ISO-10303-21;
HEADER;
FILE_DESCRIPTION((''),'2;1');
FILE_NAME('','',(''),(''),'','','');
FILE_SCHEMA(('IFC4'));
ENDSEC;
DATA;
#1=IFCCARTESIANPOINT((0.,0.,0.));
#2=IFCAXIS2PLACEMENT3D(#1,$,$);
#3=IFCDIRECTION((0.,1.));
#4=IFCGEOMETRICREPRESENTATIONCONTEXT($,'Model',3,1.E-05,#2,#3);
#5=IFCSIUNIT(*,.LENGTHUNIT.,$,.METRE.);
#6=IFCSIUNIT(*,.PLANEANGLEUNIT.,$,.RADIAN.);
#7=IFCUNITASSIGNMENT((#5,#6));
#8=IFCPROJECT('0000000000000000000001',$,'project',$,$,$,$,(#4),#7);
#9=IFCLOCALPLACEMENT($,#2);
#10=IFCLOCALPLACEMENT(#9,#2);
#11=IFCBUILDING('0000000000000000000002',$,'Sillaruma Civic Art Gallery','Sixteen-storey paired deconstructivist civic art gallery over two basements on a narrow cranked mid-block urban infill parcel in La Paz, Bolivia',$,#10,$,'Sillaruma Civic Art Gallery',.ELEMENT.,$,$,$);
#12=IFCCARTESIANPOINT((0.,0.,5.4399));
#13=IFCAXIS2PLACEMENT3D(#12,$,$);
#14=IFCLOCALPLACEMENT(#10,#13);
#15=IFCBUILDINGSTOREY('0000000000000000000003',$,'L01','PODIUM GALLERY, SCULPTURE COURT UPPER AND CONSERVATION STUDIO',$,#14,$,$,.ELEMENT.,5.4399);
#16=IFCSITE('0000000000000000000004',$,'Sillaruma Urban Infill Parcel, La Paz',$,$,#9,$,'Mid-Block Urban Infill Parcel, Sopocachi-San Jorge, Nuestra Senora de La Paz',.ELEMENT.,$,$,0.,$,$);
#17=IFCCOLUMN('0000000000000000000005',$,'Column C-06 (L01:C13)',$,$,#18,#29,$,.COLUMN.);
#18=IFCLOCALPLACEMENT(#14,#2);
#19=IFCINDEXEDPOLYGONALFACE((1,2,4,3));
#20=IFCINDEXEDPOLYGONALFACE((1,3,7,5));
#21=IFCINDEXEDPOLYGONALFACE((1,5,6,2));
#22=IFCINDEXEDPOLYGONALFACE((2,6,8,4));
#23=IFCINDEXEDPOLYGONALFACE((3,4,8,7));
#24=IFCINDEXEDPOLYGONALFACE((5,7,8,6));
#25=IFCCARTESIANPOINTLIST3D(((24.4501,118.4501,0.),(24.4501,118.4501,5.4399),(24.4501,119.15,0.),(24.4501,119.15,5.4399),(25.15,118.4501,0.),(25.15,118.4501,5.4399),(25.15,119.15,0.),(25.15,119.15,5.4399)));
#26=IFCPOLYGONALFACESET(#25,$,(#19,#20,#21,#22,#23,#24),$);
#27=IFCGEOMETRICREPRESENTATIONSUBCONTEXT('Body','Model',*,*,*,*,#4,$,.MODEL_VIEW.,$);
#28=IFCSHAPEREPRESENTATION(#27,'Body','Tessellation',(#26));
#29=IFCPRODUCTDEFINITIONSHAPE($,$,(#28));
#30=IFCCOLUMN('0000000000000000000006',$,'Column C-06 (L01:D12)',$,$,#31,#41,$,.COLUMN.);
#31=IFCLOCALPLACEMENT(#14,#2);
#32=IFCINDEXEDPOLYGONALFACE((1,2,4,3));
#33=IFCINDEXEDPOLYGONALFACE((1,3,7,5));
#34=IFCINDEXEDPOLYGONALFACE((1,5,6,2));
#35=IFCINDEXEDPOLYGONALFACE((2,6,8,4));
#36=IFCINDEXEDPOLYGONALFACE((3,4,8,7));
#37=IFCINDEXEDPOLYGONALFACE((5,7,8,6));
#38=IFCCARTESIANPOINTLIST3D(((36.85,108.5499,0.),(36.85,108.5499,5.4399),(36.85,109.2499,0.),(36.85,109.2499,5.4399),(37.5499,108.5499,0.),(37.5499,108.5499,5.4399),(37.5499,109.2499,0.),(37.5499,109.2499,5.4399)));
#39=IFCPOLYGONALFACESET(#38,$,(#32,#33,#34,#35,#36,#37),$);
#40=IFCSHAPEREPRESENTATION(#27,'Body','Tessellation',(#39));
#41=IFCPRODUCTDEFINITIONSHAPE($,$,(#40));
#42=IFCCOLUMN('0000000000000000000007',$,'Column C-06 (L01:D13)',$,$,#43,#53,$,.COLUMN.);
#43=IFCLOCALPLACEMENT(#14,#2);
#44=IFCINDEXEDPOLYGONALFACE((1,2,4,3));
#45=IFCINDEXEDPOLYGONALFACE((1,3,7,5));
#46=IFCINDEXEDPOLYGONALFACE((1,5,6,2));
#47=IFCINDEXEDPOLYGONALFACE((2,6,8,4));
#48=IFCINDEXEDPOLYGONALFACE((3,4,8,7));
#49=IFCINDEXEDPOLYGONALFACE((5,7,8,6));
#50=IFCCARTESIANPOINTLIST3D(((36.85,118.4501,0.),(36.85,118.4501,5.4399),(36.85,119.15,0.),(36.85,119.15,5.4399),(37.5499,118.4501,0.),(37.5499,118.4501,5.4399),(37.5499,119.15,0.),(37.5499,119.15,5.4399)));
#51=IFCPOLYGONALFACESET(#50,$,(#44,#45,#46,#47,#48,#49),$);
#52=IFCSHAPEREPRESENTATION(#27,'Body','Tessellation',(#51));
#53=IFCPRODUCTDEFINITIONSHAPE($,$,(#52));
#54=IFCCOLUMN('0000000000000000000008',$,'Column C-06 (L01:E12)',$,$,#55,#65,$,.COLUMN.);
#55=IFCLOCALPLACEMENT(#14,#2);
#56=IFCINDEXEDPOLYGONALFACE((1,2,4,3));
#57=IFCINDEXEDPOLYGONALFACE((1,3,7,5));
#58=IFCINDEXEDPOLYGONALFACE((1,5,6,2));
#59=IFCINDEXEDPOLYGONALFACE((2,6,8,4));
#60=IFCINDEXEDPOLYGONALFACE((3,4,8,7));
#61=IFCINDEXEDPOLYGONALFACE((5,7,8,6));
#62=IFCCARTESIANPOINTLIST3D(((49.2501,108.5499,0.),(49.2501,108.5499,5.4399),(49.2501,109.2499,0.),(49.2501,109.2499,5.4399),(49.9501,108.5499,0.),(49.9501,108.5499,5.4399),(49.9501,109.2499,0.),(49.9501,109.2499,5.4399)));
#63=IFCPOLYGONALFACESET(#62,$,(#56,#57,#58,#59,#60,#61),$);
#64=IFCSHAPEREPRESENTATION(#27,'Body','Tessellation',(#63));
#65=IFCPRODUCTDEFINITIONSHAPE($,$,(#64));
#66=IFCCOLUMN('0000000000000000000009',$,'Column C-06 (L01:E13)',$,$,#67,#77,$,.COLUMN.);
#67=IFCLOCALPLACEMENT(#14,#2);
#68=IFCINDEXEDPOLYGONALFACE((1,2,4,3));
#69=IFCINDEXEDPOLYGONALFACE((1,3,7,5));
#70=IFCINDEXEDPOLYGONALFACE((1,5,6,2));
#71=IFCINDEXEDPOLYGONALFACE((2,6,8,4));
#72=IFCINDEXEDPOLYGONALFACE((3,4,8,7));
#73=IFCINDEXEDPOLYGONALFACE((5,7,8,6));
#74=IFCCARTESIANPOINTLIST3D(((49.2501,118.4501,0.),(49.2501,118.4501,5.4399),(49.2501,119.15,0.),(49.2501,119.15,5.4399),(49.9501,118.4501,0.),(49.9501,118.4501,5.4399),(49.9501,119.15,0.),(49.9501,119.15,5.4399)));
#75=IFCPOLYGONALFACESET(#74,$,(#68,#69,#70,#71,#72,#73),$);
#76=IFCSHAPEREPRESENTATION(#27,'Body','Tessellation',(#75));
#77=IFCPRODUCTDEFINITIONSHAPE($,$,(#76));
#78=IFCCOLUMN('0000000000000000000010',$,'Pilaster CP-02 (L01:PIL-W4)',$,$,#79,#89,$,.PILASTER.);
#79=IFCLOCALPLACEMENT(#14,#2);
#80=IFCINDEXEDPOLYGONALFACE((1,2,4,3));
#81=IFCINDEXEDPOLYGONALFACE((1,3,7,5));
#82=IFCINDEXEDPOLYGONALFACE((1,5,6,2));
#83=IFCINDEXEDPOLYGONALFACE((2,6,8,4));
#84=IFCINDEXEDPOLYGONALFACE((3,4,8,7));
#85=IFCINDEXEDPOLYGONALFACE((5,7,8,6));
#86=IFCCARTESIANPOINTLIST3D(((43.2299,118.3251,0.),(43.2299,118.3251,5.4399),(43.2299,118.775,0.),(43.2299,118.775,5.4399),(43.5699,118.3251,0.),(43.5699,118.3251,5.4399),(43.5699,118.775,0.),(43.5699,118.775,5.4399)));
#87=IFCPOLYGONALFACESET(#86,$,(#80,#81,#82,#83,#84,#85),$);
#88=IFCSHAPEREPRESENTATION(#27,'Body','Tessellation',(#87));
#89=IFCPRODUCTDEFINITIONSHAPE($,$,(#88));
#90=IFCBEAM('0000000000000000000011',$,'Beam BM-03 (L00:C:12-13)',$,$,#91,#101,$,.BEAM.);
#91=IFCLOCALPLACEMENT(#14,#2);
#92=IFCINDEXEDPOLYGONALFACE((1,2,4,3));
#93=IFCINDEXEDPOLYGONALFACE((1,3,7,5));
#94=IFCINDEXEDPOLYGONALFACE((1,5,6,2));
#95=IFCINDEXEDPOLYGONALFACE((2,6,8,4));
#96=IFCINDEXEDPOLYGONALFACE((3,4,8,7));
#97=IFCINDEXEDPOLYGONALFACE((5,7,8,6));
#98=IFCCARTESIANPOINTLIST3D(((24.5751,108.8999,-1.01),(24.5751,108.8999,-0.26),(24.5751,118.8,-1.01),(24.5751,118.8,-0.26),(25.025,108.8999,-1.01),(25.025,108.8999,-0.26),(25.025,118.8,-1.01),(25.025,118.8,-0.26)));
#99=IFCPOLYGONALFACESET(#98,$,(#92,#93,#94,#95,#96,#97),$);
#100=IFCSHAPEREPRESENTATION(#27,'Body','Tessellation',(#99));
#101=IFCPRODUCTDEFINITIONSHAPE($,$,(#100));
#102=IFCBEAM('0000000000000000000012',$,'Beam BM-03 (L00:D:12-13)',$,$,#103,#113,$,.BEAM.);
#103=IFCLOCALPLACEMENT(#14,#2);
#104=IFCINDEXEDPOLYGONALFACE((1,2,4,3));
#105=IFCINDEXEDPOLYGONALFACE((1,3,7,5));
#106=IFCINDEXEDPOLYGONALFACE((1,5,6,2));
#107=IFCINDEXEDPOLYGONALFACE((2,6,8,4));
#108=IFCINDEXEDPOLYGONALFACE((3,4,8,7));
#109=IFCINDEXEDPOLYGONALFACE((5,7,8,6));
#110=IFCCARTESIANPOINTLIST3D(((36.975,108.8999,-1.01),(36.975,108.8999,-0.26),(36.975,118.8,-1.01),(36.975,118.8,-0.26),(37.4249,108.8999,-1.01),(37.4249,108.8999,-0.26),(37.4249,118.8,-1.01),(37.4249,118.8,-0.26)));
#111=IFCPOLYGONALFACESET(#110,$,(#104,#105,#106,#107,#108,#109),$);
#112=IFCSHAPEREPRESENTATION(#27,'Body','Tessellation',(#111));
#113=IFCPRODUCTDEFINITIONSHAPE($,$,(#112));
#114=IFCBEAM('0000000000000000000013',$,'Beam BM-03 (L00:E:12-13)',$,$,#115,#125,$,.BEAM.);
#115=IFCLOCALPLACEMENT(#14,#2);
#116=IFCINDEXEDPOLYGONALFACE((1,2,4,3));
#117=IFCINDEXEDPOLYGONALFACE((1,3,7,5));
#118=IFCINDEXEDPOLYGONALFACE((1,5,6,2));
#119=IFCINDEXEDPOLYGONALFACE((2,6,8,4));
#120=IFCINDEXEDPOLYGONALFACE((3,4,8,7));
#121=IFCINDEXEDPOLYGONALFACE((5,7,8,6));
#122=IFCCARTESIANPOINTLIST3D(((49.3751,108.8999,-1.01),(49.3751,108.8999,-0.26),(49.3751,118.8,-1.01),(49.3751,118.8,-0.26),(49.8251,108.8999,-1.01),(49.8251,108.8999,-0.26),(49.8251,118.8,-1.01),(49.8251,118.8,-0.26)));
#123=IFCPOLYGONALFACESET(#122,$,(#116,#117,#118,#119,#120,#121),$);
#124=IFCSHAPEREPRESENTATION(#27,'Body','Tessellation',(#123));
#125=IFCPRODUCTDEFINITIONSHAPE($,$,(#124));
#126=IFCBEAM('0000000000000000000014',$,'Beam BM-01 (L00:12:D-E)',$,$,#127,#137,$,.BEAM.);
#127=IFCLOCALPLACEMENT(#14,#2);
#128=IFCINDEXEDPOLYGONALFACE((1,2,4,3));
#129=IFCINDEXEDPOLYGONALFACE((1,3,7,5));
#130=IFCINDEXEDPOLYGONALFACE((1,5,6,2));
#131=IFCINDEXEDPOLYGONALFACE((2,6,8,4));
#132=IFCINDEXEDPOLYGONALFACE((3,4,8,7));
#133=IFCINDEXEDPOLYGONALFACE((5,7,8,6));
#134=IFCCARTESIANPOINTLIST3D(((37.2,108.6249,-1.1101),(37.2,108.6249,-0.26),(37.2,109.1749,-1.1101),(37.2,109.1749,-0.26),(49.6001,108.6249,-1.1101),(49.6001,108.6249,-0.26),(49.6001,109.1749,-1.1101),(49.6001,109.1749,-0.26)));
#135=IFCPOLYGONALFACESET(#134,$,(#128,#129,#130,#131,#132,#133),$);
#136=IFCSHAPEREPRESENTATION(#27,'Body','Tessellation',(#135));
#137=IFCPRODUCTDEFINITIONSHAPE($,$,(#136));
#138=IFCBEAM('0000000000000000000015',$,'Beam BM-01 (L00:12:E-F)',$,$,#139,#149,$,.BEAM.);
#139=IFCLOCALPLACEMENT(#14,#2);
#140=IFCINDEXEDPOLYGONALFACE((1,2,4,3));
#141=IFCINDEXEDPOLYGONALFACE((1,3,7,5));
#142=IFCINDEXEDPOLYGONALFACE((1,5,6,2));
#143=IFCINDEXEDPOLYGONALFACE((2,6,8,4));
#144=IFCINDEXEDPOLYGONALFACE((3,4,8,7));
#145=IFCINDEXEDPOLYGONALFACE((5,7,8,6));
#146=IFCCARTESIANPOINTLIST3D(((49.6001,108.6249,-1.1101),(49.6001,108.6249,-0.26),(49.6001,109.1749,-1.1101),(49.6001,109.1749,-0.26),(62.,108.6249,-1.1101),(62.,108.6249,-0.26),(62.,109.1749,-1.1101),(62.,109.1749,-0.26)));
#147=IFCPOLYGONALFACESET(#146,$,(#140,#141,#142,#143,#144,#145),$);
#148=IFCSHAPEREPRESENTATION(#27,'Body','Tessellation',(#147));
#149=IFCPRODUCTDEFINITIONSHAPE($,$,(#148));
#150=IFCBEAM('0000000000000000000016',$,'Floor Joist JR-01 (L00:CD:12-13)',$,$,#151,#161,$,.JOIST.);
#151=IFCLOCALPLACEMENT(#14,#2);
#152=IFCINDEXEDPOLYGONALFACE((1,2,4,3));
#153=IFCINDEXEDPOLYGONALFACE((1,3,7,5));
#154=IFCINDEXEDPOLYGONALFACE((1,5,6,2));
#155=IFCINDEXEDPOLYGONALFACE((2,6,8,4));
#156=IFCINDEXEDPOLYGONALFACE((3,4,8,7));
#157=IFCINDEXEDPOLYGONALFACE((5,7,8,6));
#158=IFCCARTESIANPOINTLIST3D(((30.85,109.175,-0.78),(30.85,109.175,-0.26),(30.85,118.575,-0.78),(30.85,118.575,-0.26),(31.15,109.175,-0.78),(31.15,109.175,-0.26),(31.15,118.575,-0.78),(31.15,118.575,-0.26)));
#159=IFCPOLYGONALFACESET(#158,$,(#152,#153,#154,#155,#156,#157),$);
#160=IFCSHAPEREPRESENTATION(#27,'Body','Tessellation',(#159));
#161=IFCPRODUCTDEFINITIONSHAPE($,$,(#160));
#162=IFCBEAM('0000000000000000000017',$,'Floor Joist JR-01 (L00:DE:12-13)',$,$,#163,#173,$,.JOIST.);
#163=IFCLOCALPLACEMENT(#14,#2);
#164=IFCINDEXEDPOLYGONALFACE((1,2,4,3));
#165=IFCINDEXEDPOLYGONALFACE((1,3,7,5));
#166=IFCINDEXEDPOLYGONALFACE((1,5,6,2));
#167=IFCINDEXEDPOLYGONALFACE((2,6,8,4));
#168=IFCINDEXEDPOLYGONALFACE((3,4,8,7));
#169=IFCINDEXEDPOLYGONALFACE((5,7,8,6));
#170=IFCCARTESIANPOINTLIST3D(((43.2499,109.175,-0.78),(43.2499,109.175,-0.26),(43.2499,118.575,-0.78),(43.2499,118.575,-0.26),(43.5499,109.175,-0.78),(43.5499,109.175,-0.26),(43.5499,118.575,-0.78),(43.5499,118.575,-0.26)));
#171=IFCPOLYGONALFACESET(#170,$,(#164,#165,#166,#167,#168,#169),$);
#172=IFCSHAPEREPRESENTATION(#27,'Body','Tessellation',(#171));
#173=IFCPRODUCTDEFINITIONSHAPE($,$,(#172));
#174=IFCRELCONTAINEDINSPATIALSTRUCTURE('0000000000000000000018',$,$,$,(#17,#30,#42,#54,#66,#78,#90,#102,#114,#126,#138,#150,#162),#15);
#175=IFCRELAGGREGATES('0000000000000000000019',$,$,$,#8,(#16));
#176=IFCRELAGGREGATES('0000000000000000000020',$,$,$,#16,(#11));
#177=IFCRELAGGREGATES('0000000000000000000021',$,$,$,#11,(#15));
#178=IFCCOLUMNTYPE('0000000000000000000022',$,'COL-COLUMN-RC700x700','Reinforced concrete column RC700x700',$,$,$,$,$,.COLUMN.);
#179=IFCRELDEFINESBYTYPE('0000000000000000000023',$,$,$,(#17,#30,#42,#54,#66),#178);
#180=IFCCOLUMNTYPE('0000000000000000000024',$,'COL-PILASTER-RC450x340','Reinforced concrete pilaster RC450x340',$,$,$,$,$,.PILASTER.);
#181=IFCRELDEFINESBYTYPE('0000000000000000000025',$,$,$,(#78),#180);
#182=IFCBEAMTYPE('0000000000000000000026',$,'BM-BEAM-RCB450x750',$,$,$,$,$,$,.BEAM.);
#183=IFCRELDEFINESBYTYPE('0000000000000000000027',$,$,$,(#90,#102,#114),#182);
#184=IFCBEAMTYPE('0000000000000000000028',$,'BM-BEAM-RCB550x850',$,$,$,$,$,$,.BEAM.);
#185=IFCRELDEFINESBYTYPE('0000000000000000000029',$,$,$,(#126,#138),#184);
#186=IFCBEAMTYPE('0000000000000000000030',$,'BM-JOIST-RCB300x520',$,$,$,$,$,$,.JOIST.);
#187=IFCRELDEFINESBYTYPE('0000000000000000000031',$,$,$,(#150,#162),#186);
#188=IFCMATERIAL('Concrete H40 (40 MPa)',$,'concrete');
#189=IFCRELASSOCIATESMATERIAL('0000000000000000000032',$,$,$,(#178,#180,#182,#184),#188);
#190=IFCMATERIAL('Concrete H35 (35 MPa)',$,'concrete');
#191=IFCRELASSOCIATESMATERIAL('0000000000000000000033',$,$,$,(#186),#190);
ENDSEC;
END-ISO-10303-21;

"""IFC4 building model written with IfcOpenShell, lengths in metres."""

from ifc_helpers import new_model, si_unit, direction, frame, origin, origin_2d, place, context, subcontext, project, spatial, rectangle, extrude, material, material_profile, profile_set, type_object, element, save


model = new_model("IFC4")

# Units and contexts
model_context = context("Model", 3, precision=1e-05, world=origin(), true_north=direction((0.0, 1.0)))
body_context = subcontext(model_context, "Body", "Model", "MODEL_VIEW")
ifc_project = project(units=[si_unit("LENGTHUNIT", "METRE"), si_unit("PLANEANGLEUNIT", "RADIAN")], contexts=[model_context])

# Site, building, storey
site_placement = place(None, origin())
site = spatial("IfcSite", under=ifc_project, at=site_placement, Name="Sillaruma Urban Infill Parcel, La Paz", LongName="Mid-Block Urban Infill Parcel, Sopocachi-San Jorge, Nuestra Senora de La Paz", CompositionType="ELEMENT", RefElevation=0.0)
building_placement = place(site_placement, origin())
building = spatial("IfcBuilding", under=site, at=building_placement, Name="Sillaruma Civic Art Gallery", Description="Sixteen-storey paired deconstructivist civic art gallery over two basements on a narrow cranked mid-block urban infill parcel in La Paz, Bolivia", LongName="Sillaruma Civic Art Gallery", CompositionType="ELEMENT")
storey_placement = place(building_placement, frame((0.0, 0.0, 5.4399)))
storey = spatial("IfcBuildingStorey", under=building, at=storey_placement, Name="L01", Description="PODIUM GALLERY, SCULPTURE COURT UPPER AND CONSERVATION STUDIO", CompositionType="ELEMENT", Elevation=5.4399)

# Columns
ifc_material_1 = material(Name="Concrete H40 (40 MPa)", Category="concrete")
ifc_material_profile_1 = material_profile(ifc_material_1, rectangle(XDim=0.7, YDim=0.7, at=origin_2d()), Name="RC700x700")
ifc_profile_set_1 = profile_set([ifc_material_profile_1], Name="Concrete H40 (40 MPa)")
column_type_1 = type_object("IfcColumnType", Name="COL-COLUMN-RC700x700", Description="Reinforced concrete column RC700x700", PredefinedType="COLUMN", material=ifc_profile_set_1)
for number, where, z_axis, x_axis, name in (
    (1, (24.8, 118.8, 0.0), (0.0, 0.0, 1.0), (1.0, 0.0, 0.0), "Column C-06 (L01:C13)"),
    (2, (37.2, 108.8999, 0.0), (0.0, 0.0, 1.0), (1.0, 0.0, 0.0), "Column C-06 (L01:D12)"),
    (3, (37.2, 118.8, 0.0), (0.0, 0.0, 1.0), (1.0, 0.0, 0.0), "Column C-06 (L01:D13)"),
    (4, (49.6001, 108.8999, 0.0), (0.0, 0.0, 1.0), (1.0, 0.0, 0.0), "Column C-06 (L01:E12)"),
    (5, (49.6001, 118.8, 0.0), (0.0, 0.0, 1.0), (1.0, 0.0, 0.0), "Column C-06 (L01:E13)"),
):
    element("IfcColumn", number, at=place(storey_placement, frame(where, z_axis=z_axis, x_axis=x_axis)), inside=storey, type_object=column_type_1, Name=name, PredefinedType="COLUMN", context=body_context, shape_type="SweptSolid", body=[
        extrude(rectangle(XDim=0.7, YDim=0.7, at=origin_2d()), origin(), (0.0, 0.0, 1.0), 5.4399),
    ])
ifc_material_profile_2 = material_profile(ifc_material_1, rectangle(XDim=0.3401, YDim=0.45, at=origin_2d()), Name="RC450x340")
ifc_profile_set_2 = profile_set([ifc_material_profile_2], Name="Concrete H40 (40 MPa)")
column_type_2 = type_object("IfcColumnType", Name="COL-PILASTER-RC450x340", Description="Reinforced concrete pilaster RC450x340", PredefinedType="PILASTER", material=ifc_profile_set_2)
column_placement = place(storey_placement, frame((43.3999, 118.55, 0.0), z_axis=(0.0, 0.0, 1.0), x_axis=(1.0, 0.0, 0.0)))
element("IfcColumn", 6, at=column_placement, inside=storey, type_object=column_type_2, Name="Pilaster CP-02 (L01:PIL-W4)", PredefinedType="PILASTER", context=body_context, shape_type="SweptSolid", body=[
    extrude(rectangle(XDim=0.3401, YDim=0.45, at=origin_2d()), origin(), (0.0, 0.0, 1.0), 5.4399),
])

# Beams
ifc_material_profile_3 = material_profile(ifc_material_1, rectangle(XDim=0.45, YDim=0.75, at=origin_2d()), Name="RCB450x750")
ifc_profile_set_3 = profile_set([ifc_material_profile_3], Name="Concrete H40 (40 MPa)")
beam_type_1 = type_object("IfcBeamType", Name="BM-BEAM-RCB450x750", PredefinedType="BEAM", material=ifc_profile_set_3)
for number, where, z_axis, x_axis, name in (
    (7, (24.8, 108.8999, -0.635), (0.0, 1.0, 0.0), (-1.0, 0.0, 0.0), "Beam BM-03 (L00:C:12-13)"),
    (8, (37.2, 108.8999, -0.635), (0.0, 1.0, 0.0), (-1.0, 0.0, 0.0), "Beam BM-03 (L00:D:12-13)"),
    (9, (49.6001, 108.8999, -0.635), (0.0, 1.0, 0.0), (-1.0, 0.0, 0.0), "Beam BM-03 (L00:E:12-13)"),
):
    element("IfcBeam", number, at=place(storey_placement, frame(where, z_axis=z_axis, x_axis=x_axis)), inside=storey, type_object=beam_type_1, Name=name, PredefinedType="BEAM", context=body_context, shape_type="SweptSolid", body=[
        extrude(rectangle(XDim=0.45, YDim=0.75, at=origin_2d()), origin(), (0.0, 0.0, 1.0), 9.9001),
    ])
ifc_material_profile_4 = material_profile(ifc_material_1, rectangle(XDim=0.55, YDim=0.8501, at=origin_2d()), Name="RCB550x850")
ifc_profile_set_4 = profile_set([ifc_material_profile_4], Name="Concrete H40 (40 MPa)")
beam_type_2 = type_object("IfcBeamType", Name="BM-BEAM-RCB550x850", PredefinedType="BEAM", material=ifc_profile_set_4)
beam_1_placement = place(storey_placement, frame((37.2, 108.8999, -0.6851), z_axis=(1.0, 0.0, 0.0), x_axis=(0.0, 1.0, 0.0)))
element("IfcBeam", 10, at=beam_1_placement, inside=storey, type_object=beam_type_2, Name="Beam BM-01 (L00:12:D-E)", PredefinedType="BEAM", context=body_context, shape_type="SweptSolid", body=[
    extrude(rectangle(XDim=0.55, YDim=0.8501, at=origin_2d()), origin(), (0.0, 0.0, 1.0), 12.4001),
])
beam_2_placement = place(storey_placement, frame((49.6001, 108.8999, -0.6851), z_axis=(1.0, 0.0, 0.0), x_axis=(0.0, 1.0, 0.0)))
element("IfcBeam", 11, at=beam_2_placement, inside=storey, type_object=beam_type_2, Name="Beam BM-01 (L00:12:E-F)", PredefinedType="BEAM", context=body_context, shape_type="SweptSolid", body=[
    extrude(rectangle(XDim=0.55, YDim=0.8501, at=origin_2d()), origin(), (0.0, 0.0, 1.0), 12.3999),
])
ifc_material_2 = material(Name="Concrete H35 (35 MPa)", Category="concrete")
ifc_material_profile_5 = material_profile(ifc_material_2, rectangle(XDim=0.3, YDim=0.52, at=origin_2d()), Name="RCB300x520")
ifc_profile_set_5 = profile_set([ifc_material_profile_5], Name="Concrete H35 (35 MPa)")
beam_type_3 = type_object("IfcBeamType", Name="BM-JOIST-RCB300x520", PredefinedType="JOIST", material=ifc_profile_set_5)
for number, where, z_axis, x_axis, name in (
    (12, (31.0, 109.175, -0.52), (0.0, 1.0, 0.0), (-1.0, 0.0, 0.0), "Floor Joist JR-01 (L00:CD:12-13)"),
    (13, (43.3999, 109.175, -0.52), (0.0, 1.0, 0.0), (-1.0, 0.0, 0.0), "Floor Joist JR-01 (L00:DE:12-13)"),
):
    element("IfcBeam", number, at=place(storey_placement, frame(where, z_axis=z_axis, x_axis=x_axis)), inside=storey, type_object=beam_type_3, Name=name, PredefinedType="JOIST", context=body_context, shape_type="SweptSolid", body=[
        extrude(rectangle(XDim=0.3, YDim=0.52, at=origin_2d()), origin(), (0.0, 0.0, 1.0), 9.3999),
    ])

save(model, "model.ifc")
